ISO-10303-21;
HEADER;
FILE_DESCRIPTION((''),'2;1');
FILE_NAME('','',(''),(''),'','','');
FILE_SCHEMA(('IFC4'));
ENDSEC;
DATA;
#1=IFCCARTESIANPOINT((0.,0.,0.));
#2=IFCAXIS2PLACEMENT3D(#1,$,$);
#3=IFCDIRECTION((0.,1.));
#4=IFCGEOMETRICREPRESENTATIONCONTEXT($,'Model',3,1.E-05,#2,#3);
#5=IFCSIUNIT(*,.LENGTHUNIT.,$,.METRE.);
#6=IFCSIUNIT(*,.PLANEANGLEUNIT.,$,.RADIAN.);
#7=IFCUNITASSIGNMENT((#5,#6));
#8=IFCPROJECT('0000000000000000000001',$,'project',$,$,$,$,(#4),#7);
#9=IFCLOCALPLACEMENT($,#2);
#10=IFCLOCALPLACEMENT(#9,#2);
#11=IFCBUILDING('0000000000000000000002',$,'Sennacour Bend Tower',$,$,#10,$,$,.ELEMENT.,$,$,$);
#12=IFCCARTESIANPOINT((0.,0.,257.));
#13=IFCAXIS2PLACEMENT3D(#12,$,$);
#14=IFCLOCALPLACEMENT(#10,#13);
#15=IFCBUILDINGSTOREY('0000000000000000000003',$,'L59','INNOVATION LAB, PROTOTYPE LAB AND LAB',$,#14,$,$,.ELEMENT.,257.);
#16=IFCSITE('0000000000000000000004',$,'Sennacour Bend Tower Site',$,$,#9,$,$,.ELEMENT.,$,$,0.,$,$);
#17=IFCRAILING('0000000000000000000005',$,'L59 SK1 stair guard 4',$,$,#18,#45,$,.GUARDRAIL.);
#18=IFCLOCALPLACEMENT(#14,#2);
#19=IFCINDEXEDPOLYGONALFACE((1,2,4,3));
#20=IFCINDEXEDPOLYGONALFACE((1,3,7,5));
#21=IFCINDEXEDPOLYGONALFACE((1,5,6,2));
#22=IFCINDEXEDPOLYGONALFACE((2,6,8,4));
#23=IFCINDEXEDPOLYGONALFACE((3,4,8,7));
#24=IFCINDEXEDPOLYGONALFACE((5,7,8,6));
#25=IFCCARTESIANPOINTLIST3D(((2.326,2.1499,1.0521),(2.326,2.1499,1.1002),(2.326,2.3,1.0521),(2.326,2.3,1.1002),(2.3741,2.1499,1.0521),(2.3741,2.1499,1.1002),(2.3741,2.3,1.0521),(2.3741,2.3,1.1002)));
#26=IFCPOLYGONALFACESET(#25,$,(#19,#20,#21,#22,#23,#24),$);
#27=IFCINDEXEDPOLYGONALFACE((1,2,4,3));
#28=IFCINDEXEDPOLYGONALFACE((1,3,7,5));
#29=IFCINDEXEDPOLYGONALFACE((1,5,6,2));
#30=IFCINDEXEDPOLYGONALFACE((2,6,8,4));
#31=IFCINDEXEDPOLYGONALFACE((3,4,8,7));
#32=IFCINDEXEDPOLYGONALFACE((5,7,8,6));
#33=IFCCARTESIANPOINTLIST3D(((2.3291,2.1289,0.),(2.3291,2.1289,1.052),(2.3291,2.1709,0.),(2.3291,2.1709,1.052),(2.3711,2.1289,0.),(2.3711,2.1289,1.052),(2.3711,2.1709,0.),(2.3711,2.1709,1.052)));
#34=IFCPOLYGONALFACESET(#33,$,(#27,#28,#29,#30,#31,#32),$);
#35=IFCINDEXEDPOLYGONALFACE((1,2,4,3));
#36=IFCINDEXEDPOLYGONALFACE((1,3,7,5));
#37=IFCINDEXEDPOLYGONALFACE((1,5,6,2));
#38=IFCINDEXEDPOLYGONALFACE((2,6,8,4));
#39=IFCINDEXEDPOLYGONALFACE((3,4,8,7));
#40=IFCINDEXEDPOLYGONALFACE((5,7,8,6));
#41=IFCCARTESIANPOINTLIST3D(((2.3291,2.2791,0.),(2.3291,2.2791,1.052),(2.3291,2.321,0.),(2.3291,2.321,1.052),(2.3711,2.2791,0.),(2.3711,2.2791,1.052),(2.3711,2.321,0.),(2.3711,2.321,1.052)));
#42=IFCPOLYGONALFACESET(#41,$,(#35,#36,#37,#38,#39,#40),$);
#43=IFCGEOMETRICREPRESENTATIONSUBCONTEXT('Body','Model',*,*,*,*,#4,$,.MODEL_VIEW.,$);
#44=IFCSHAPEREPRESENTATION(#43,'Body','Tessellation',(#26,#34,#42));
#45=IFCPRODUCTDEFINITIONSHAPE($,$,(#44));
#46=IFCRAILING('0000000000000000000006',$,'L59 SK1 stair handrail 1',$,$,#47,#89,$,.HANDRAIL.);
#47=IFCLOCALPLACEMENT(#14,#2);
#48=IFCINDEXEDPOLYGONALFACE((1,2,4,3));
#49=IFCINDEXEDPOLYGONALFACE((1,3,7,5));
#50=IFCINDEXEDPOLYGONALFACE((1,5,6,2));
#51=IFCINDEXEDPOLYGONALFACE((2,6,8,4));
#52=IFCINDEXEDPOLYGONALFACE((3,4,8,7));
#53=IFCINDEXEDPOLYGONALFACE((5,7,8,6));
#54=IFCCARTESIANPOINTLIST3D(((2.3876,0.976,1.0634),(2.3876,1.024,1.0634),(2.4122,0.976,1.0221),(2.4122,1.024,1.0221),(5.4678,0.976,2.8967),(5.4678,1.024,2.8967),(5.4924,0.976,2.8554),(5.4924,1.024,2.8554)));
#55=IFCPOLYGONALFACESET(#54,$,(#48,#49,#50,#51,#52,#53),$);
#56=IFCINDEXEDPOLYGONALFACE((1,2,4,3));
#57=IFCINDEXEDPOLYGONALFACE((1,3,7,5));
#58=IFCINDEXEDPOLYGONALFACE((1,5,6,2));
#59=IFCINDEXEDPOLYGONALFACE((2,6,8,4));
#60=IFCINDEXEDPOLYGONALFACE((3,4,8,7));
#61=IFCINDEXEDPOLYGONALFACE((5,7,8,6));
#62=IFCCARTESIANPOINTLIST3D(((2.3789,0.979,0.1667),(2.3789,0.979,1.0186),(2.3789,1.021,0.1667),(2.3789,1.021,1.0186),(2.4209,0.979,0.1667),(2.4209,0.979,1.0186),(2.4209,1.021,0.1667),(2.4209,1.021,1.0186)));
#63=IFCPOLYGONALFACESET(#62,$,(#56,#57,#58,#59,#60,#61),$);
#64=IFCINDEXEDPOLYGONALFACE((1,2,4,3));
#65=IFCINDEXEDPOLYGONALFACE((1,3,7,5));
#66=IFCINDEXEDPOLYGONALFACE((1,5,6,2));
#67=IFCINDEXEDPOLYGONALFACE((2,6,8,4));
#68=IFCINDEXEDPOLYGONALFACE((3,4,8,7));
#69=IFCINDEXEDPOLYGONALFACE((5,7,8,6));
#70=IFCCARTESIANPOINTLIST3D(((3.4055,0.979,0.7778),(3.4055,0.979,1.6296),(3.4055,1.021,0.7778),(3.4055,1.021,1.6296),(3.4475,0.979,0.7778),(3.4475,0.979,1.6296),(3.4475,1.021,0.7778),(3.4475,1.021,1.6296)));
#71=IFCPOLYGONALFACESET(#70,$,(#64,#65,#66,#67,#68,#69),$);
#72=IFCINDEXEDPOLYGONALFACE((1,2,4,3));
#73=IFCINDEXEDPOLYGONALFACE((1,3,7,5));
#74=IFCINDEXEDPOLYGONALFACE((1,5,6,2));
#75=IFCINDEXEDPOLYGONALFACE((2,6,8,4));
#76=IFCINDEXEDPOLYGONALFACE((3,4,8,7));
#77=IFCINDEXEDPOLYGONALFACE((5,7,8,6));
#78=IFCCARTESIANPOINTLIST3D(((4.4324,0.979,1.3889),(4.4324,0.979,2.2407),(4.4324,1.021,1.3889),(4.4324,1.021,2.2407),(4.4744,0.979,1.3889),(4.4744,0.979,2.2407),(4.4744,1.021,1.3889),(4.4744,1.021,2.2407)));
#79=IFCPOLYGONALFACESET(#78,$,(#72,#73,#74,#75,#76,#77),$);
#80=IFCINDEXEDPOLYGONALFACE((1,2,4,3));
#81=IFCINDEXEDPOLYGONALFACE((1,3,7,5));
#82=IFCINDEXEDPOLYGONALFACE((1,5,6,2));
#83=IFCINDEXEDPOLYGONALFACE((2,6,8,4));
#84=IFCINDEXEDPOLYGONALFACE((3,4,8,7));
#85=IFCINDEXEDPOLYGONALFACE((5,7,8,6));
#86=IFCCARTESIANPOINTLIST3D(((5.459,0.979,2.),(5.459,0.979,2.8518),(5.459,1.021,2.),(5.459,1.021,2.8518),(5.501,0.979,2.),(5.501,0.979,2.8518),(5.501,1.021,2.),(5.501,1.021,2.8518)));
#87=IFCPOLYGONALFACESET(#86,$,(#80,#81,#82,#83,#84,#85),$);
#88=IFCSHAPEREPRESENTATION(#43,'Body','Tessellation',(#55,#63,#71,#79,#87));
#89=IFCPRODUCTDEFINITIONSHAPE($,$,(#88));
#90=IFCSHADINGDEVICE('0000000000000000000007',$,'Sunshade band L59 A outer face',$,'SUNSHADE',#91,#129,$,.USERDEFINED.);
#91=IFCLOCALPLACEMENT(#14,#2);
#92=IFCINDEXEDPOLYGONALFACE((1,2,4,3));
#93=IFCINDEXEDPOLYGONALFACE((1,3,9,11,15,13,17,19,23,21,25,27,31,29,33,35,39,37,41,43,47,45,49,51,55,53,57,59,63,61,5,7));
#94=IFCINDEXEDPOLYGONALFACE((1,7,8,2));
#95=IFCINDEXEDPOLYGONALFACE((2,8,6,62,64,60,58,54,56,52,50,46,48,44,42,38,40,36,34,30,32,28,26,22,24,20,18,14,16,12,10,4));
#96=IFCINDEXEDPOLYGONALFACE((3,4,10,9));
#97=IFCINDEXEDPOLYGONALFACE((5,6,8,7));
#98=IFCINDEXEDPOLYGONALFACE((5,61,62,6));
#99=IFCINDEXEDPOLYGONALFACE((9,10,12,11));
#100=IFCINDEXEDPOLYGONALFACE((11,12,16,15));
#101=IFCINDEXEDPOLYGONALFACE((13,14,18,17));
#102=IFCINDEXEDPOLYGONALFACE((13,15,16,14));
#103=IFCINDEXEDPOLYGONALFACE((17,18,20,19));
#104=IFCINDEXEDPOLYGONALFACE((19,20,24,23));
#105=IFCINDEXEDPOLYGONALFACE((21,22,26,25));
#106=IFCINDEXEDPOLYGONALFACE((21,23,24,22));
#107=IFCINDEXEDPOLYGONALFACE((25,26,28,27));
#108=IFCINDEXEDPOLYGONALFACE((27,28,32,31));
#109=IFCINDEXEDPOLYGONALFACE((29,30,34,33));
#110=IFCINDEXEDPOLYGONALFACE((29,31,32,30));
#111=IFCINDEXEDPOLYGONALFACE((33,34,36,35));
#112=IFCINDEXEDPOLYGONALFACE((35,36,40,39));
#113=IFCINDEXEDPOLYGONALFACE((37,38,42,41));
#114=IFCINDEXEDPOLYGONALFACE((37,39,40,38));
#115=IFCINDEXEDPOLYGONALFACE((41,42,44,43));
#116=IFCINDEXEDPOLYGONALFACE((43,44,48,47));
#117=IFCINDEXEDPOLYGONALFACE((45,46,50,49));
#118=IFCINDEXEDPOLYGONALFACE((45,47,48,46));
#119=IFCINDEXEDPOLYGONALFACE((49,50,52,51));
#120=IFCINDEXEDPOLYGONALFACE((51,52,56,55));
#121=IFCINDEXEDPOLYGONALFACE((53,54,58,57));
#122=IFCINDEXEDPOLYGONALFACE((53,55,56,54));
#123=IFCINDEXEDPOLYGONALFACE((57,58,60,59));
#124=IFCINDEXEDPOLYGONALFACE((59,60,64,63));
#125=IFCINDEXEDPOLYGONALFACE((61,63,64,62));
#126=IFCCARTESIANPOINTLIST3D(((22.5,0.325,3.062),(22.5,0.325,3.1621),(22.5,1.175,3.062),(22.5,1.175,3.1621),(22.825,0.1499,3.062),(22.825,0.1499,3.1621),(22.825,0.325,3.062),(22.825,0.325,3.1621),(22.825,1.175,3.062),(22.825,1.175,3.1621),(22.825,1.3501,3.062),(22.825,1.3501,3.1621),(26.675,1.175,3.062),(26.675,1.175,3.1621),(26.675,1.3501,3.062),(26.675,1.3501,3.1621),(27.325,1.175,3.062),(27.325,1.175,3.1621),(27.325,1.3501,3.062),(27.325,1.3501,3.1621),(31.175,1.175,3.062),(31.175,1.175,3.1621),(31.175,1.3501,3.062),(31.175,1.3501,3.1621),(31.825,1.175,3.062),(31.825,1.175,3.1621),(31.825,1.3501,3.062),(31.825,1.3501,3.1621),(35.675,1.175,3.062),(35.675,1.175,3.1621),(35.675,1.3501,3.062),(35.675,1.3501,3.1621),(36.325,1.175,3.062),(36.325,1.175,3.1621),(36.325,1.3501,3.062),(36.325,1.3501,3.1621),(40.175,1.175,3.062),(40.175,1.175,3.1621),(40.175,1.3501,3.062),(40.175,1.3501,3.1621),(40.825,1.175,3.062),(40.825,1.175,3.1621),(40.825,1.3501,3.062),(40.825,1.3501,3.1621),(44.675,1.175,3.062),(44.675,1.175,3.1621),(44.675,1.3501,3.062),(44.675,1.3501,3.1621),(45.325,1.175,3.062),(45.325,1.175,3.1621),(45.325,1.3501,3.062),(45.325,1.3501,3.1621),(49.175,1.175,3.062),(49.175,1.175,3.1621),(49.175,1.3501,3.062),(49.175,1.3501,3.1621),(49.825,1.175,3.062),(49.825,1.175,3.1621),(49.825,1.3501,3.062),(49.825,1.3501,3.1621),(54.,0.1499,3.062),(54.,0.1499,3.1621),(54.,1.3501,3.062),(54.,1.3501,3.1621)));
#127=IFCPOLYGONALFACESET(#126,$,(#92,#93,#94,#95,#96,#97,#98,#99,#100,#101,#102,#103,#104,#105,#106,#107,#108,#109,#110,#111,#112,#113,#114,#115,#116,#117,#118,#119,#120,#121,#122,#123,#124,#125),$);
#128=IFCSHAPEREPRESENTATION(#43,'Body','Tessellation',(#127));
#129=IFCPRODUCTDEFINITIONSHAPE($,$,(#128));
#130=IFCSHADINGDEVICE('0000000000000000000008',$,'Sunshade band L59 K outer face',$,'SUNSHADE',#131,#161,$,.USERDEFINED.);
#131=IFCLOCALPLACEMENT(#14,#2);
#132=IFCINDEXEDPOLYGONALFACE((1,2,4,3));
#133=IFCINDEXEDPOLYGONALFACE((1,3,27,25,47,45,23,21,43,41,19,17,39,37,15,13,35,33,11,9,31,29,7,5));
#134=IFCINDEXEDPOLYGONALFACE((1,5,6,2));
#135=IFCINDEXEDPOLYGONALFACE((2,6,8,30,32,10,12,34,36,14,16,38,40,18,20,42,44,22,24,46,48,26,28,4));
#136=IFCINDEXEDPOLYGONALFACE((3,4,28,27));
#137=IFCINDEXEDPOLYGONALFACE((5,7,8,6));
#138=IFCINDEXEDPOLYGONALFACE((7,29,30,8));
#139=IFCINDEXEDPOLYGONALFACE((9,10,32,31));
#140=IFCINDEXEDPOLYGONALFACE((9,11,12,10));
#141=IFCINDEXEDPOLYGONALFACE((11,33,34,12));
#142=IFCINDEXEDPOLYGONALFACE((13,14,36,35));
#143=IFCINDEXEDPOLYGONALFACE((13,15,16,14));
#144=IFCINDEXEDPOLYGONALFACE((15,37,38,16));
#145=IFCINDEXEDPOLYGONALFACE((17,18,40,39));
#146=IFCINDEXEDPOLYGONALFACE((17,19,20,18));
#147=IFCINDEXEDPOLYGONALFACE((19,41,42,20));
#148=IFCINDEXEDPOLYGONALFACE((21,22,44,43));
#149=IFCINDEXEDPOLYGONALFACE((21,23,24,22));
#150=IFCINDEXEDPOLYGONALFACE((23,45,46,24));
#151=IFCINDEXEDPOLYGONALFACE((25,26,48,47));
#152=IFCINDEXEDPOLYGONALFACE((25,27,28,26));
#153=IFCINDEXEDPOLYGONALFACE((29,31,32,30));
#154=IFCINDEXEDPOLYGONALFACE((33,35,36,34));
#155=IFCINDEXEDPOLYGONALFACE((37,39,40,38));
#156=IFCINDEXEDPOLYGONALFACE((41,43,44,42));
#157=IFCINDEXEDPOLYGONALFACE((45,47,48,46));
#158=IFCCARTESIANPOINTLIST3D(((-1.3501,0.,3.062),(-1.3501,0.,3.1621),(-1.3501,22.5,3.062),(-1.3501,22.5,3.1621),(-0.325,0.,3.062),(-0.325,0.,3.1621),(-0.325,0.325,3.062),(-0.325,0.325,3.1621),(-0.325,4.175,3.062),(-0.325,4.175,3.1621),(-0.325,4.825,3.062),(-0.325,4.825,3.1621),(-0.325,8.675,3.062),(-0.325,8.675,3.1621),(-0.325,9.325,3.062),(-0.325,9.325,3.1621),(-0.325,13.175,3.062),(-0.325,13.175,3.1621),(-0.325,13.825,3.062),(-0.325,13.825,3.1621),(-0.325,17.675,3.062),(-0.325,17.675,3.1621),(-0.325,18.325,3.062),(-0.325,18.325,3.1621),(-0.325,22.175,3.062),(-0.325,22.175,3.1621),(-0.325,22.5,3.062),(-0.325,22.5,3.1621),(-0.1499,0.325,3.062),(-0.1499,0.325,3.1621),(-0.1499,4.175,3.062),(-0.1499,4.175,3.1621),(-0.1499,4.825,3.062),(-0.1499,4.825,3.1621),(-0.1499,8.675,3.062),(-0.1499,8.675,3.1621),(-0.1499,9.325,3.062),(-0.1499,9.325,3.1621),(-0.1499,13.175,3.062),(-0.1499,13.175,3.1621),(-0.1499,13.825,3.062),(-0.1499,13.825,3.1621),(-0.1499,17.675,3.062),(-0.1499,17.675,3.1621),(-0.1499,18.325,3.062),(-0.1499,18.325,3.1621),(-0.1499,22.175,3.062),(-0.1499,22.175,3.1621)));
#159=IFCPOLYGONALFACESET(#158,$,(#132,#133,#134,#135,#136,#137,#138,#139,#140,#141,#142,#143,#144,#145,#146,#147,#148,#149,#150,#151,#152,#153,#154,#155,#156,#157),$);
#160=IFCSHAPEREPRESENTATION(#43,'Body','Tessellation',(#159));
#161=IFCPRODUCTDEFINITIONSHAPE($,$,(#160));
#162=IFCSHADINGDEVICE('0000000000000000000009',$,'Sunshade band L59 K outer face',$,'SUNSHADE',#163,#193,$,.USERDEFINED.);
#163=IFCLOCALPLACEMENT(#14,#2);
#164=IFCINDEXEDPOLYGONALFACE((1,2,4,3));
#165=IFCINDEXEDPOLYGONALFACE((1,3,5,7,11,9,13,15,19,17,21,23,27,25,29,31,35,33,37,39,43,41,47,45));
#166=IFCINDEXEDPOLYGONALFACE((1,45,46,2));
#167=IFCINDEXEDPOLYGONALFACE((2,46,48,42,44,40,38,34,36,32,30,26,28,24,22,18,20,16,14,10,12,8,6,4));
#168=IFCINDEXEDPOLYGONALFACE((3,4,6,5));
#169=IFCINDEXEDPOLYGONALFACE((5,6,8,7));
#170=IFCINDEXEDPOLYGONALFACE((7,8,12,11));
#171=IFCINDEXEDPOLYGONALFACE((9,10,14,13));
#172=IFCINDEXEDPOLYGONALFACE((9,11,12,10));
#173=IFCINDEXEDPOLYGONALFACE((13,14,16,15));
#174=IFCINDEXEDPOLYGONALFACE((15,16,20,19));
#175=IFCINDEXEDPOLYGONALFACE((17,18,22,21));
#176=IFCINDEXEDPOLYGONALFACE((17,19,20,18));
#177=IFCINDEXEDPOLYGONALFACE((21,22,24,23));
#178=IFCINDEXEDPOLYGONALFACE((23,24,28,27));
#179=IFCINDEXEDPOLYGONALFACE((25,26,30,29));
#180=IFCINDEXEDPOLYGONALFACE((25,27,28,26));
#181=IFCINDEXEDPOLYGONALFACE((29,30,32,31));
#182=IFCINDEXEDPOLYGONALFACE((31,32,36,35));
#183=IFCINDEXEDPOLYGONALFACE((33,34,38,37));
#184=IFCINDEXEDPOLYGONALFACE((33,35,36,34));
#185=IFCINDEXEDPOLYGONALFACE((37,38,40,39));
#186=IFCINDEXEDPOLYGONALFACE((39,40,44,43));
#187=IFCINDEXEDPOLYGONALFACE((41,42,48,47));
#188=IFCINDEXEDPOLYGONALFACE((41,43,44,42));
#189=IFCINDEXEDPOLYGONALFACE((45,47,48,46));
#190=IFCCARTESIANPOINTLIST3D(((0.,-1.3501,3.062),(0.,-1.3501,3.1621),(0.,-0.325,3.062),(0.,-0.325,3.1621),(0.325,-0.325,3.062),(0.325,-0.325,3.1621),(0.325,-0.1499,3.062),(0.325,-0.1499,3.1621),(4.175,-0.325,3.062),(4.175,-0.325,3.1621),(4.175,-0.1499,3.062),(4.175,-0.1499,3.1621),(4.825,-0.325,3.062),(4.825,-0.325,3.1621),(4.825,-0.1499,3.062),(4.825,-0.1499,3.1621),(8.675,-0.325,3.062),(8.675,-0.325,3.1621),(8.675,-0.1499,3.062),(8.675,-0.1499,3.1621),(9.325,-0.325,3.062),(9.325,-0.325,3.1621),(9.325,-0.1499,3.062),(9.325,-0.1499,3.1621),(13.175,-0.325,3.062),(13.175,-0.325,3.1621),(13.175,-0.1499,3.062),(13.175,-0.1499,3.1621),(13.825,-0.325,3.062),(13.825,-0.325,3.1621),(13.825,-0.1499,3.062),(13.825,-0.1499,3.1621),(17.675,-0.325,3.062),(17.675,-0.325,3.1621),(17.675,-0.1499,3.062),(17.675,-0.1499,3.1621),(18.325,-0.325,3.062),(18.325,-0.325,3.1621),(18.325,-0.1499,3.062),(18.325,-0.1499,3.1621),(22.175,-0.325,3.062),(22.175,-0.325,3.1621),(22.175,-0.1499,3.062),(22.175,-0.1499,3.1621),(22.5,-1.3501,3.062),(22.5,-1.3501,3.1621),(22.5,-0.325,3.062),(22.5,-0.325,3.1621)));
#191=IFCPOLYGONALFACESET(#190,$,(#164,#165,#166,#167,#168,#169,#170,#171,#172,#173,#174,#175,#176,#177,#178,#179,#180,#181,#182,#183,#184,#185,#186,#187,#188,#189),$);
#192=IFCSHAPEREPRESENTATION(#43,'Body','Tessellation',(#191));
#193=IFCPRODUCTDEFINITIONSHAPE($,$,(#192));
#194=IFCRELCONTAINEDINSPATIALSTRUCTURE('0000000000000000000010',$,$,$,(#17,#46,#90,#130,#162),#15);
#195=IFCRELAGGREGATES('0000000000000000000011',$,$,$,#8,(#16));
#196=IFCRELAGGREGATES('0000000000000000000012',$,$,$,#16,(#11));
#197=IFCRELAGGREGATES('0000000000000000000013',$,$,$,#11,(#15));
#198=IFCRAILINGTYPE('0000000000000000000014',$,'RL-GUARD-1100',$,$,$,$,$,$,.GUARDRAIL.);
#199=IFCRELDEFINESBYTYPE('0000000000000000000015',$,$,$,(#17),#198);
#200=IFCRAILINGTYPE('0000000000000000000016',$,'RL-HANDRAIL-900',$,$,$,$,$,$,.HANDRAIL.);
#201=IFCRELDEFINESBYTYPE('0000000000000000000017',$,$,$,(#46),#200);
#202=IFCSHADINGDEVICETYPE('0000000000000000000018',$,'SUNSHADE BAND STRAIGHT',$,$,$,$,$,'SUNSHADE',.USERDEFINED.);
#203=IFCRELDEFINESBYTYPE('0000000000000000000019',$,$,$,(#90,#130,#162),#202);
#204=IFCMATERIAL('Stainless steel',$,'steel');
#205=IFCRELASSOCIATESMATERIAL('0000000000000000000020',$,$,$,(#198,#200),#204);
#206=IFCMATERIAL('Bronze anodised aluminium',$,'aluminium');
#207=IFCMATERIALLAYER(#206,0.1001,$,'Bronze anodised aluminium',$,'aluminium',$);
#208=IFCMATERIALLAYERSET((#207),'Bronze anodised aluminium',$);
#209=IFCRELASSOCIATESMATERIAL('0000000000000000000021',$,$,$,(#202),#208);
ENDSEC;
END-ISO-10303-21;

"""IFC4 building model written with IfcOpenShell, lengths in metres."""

from ifc_helpers import new_model, si_unit, direction, frame, origin, origin_2d, place, context, subcontext, project, spatial, polyline, rectangle, outline, extrude, material, layer, layer_set, type_object, element, save


model = new_model("IFC4")

# Units and contexts
model_context = context("Model", 3, precision=1e-05, world=origin(), true_north=direction((0.0, 1.0)))
body_context = subcontext(model_context, "Body", "Model", "MODEL_VIEW")
ifc_project = project(units=[si_unit("LENGTHUNIT", "METRE"), si_unit("PLANEANGLEUNIT", "RADIAN")], contexts=[model_context])

# Site, building, storey
site_placement = place(None, origin())
site = spatial("IfcSite", under=ifc_project, at=site_placement, Name="Sennacour Bend Tower Site", CompositionType="ELEMENT", RefElevation=0.0)
building_placement = place(site_placement, origin())
building = spatial("IfcBuilding", under=site, at=building_placement, Name="Sennacour Bend Tower", CompositionType="ELEMENT")
storey_placement = place(building_placement, frame((0.0, 0.0, 257.0)))
storey = spatial("IfcBuildingStorey", under=building, at=storey_placement, Name="L59", Description="INNOVATION LAB, PROTOTYPE LAB AND LAB", CompositionType="ELEMENT", Elevation=257.0)

# Railings
ifc_material_1 = material(Name="Stainless steel", Category="steel")
railing_type_1 = type_object("IfcRailingType", Name="RL-GUARD-1100", PredefinedType="GUARDRAIL", material=ifc_material_1)
railing_1_placement = place(storey_placement, frame((2.3501, 2.1499, 0.0)))
element("IfcRailing", 1, at=railing_1_placement, inside=storey, type_object=railing_type_1, Name="L59 SK1 stair guard 4", PredefinedType="GUARDRAIL", context=body_context, shape_type="SweptSolid", body=[
    extrude(rectangle(XDim=0.0481, YDim=0.0481, at=origin_2d()), frame((0.0, 0.0, 1.0762), z_axis=(0.0, 1.0, 0.0), x_axis=(-1.0, 0.0, 0.0)), (0.0, 0.0, 1.0), 0.1501),
    extrude(rectangle(XDim=0.042, YDim=0.042, at=origin_2d()), origin(), (0.0, 0.0, 1.0), 1.052),
    extrude(rectangle(XDim=0.042, YDim=0.042, at=origin_2d()), frame((0.0, 0.1501, 0.0)), (0.0, 0.0, 1.0), 1.052),
])
railing_type_2 = type_object("IfcRailingType", Name="RL-HANDRAIL-900", PredefinedType="HANDRAIL", material=ifc_material_1)
railing_2_placement = place(storey_placement, frame((2.3999, 1.0, 0.1667)))
element("IfcRailing", 2, at=railing_2_placement, inside=storey, type_object=railing_type_2, Name="L59 SK1 stair handrail 1", PredefinedType="HANDRAIL", context=body_context, shape_type="SweptSolid", body=[
    extrude(rectangle(XDim=0.0481, YDim=0.0481, at=origin_2d()), frame((0.0, 0.0, 0.876), z_axis=(0.859309, 0.0, 0.511458), x_axis=(0.0, 1.0, 0.0)), (0.0, 0.0, 1.0), 3.5845),
    extrude(rectangle(XDim=0.042, YDim=0.042, at=origin_2d()), origin(), (0.0, 0.0, 1.0), 0.8518),
    extrude(rectangle(XDim=0.042, YDim=0.042, at=origin_2d()), frame((1.0266, 0.0, 0.6111)), (0.0, 0.0, 1.0), 0.8518),
    extrude(rectangle(XDim=0.042, YDim=0.042, at=origin_2d()), frame((2.0535, 0.0, 1.2222)), (0.0, 0.0, 1.0), 0.8518),
    extrude(rectangle(XDim=0.042, YDim=0.042, at=origin_2d()), frame((3.0801, 0.0, 1.8333)), (0.0, 0.0, 1.0), 0.8518),
])

# Shading devices
ifc_material_2 = material(Name="Bronze anodised aluminium", Category="aluminium")
ifc_layer_1 = layer(ifc_material_2, 0.1001, Name="Bronze anodised aluminium", Category="aluminium")
ifc_layer_set_1 = layer_set([ifc_layer_1], Name="Bronze anodised aluminium")
shading_device_type_1 = type_object("IfcShadingDeviceType", Name="SUNSHADE BAND STRAIGHT", ElementType="SUNSHADE", PredefinedType="USERDEFINED", material=ifc_layer_set_1)
shading_device_1_placement = place(storey_placement, frame((0.0, 0.0, 3.062)))
element("IfcShadingDevice", 3, at=shading_device_1_placement, inside=storey, type_object=shading_device_type_1, Name="Sunshade band L59 A outer face", ObjectType="SUNSHADE", PredefinedType="USERDEFINED", context=body_context, shape_type="SweptSolid", body=[
    extrude(outline(polyline([(26.675, 1.3501), (26.675, 1.175), (27.325, 1.175), (27.325, 1.3501), (31.175, 1.3501), (31.175, 1.175), (31.825, 1.175), (31.825, 1.3501), (35.675, 1.3501), (35.675, 1.175), (36.325, 1.175), (36.325, 1.3501), (40.175, 1.3501), (40.175, 1.175), (40.825, 1.175), (40.825, 1.3501), (44.675, 1.3501), (44.675, 1.175), (45.325, 1.175), (45.325, 1.3501), (49.175, 1.3501), (49.175, 1.175), (49.825, 1.175), (49.825, 1.3501), (54.0, 1.3501), (54.0, 0.1499), (22.825, 0.1499), (22.825, 0.325), (22.5, 0.325), (22.5, 1.175), (22.825, 1.175), (22.825, 1.3501), (26.675, 1.3501)])), origin(), (0.0, 0.0, 1.0), 0.1001),
])
shading_device_2_placement = place(storey_placement, frame((0.0, 0.0, 3.062)))
element("IfcShadingDevice", 4, at=shading_device_2_placement, inside=storey, type_object=shading_device_type_1, Name="Sunshade band L59 K outer face", ObjectType="SUNSHADE", PredefinedType="USERDEFINED", context=body_context, shape_type="SweptSolid", body=[
    extrude(outline(polyline([(-0.1499, 18.325), (-0.325, 18.325), (-0.325, 17.675), (-0.1499, 17.675), (-0.1499, 13.825), (-0.325, 13.825), (-0.325, 13.175), (-0.1499, 13.175), (-0.1499, 9.325), (-0.325, 9.325), (-0.325, 8.675), (-0.1499, 8.675), (-0.1499, 4.825), (-0.325, 4.825), (-0.325, 4.175), (-0.1499, 4.175), (-0.1499, 0.325), (-0.325, 0.325), (-0.325, 0.0), (-1.3501, 0.0), (-1.3501, 22.5), (-0.325, 22.5), (-0.325, 22.175), (-0.1499, 22.175), (-0.1499, 18.325)])), origin(), (0.0, 0.0, 1.0), 0.1001),
])
shading_device_3_placement = place(storey_placement, frame((0.0, 0.0, 3.062)))
element("IfcShadingDevice", 5, at=shading_device_3_placement, inside=storey, type_object=shading_device_type_1, Name="Sunshade band L59 K outer face", ObjectType="SUNSHADE", PredefinedType="USERDEFINED", context=body_context, shape_type="SweptSolid", body=[
    extrude(outline(polyline([(4.175, -0.1499), (4.175, -0.325), (4.825, -0.325), (4.825, -0.1499), (8.675, -0.1499), (8.675, -0.325), (9.325, -0.325), (9.325, -0.1499), (13.175, -0.1499), (13.175, -0.325), (13.825, -0.325), (13.825, -0.1499), (17.675, -0.1499), (17.675, -0.325), (18.325, -0.325), (18.325, -0.1499), (22.175, -0.1499), (22.175, -0.325), (22.5, -0.325), (22.5, -1.3501), (0.0, -1.3501), (0.0, -0.325), (0.325, -0.325), (0.325, -0.1499), (4.175, -0.1499)])), origin(), (0.0, 0.0, 1.0), 0.1001),
])

save(model, "model.ifc")
